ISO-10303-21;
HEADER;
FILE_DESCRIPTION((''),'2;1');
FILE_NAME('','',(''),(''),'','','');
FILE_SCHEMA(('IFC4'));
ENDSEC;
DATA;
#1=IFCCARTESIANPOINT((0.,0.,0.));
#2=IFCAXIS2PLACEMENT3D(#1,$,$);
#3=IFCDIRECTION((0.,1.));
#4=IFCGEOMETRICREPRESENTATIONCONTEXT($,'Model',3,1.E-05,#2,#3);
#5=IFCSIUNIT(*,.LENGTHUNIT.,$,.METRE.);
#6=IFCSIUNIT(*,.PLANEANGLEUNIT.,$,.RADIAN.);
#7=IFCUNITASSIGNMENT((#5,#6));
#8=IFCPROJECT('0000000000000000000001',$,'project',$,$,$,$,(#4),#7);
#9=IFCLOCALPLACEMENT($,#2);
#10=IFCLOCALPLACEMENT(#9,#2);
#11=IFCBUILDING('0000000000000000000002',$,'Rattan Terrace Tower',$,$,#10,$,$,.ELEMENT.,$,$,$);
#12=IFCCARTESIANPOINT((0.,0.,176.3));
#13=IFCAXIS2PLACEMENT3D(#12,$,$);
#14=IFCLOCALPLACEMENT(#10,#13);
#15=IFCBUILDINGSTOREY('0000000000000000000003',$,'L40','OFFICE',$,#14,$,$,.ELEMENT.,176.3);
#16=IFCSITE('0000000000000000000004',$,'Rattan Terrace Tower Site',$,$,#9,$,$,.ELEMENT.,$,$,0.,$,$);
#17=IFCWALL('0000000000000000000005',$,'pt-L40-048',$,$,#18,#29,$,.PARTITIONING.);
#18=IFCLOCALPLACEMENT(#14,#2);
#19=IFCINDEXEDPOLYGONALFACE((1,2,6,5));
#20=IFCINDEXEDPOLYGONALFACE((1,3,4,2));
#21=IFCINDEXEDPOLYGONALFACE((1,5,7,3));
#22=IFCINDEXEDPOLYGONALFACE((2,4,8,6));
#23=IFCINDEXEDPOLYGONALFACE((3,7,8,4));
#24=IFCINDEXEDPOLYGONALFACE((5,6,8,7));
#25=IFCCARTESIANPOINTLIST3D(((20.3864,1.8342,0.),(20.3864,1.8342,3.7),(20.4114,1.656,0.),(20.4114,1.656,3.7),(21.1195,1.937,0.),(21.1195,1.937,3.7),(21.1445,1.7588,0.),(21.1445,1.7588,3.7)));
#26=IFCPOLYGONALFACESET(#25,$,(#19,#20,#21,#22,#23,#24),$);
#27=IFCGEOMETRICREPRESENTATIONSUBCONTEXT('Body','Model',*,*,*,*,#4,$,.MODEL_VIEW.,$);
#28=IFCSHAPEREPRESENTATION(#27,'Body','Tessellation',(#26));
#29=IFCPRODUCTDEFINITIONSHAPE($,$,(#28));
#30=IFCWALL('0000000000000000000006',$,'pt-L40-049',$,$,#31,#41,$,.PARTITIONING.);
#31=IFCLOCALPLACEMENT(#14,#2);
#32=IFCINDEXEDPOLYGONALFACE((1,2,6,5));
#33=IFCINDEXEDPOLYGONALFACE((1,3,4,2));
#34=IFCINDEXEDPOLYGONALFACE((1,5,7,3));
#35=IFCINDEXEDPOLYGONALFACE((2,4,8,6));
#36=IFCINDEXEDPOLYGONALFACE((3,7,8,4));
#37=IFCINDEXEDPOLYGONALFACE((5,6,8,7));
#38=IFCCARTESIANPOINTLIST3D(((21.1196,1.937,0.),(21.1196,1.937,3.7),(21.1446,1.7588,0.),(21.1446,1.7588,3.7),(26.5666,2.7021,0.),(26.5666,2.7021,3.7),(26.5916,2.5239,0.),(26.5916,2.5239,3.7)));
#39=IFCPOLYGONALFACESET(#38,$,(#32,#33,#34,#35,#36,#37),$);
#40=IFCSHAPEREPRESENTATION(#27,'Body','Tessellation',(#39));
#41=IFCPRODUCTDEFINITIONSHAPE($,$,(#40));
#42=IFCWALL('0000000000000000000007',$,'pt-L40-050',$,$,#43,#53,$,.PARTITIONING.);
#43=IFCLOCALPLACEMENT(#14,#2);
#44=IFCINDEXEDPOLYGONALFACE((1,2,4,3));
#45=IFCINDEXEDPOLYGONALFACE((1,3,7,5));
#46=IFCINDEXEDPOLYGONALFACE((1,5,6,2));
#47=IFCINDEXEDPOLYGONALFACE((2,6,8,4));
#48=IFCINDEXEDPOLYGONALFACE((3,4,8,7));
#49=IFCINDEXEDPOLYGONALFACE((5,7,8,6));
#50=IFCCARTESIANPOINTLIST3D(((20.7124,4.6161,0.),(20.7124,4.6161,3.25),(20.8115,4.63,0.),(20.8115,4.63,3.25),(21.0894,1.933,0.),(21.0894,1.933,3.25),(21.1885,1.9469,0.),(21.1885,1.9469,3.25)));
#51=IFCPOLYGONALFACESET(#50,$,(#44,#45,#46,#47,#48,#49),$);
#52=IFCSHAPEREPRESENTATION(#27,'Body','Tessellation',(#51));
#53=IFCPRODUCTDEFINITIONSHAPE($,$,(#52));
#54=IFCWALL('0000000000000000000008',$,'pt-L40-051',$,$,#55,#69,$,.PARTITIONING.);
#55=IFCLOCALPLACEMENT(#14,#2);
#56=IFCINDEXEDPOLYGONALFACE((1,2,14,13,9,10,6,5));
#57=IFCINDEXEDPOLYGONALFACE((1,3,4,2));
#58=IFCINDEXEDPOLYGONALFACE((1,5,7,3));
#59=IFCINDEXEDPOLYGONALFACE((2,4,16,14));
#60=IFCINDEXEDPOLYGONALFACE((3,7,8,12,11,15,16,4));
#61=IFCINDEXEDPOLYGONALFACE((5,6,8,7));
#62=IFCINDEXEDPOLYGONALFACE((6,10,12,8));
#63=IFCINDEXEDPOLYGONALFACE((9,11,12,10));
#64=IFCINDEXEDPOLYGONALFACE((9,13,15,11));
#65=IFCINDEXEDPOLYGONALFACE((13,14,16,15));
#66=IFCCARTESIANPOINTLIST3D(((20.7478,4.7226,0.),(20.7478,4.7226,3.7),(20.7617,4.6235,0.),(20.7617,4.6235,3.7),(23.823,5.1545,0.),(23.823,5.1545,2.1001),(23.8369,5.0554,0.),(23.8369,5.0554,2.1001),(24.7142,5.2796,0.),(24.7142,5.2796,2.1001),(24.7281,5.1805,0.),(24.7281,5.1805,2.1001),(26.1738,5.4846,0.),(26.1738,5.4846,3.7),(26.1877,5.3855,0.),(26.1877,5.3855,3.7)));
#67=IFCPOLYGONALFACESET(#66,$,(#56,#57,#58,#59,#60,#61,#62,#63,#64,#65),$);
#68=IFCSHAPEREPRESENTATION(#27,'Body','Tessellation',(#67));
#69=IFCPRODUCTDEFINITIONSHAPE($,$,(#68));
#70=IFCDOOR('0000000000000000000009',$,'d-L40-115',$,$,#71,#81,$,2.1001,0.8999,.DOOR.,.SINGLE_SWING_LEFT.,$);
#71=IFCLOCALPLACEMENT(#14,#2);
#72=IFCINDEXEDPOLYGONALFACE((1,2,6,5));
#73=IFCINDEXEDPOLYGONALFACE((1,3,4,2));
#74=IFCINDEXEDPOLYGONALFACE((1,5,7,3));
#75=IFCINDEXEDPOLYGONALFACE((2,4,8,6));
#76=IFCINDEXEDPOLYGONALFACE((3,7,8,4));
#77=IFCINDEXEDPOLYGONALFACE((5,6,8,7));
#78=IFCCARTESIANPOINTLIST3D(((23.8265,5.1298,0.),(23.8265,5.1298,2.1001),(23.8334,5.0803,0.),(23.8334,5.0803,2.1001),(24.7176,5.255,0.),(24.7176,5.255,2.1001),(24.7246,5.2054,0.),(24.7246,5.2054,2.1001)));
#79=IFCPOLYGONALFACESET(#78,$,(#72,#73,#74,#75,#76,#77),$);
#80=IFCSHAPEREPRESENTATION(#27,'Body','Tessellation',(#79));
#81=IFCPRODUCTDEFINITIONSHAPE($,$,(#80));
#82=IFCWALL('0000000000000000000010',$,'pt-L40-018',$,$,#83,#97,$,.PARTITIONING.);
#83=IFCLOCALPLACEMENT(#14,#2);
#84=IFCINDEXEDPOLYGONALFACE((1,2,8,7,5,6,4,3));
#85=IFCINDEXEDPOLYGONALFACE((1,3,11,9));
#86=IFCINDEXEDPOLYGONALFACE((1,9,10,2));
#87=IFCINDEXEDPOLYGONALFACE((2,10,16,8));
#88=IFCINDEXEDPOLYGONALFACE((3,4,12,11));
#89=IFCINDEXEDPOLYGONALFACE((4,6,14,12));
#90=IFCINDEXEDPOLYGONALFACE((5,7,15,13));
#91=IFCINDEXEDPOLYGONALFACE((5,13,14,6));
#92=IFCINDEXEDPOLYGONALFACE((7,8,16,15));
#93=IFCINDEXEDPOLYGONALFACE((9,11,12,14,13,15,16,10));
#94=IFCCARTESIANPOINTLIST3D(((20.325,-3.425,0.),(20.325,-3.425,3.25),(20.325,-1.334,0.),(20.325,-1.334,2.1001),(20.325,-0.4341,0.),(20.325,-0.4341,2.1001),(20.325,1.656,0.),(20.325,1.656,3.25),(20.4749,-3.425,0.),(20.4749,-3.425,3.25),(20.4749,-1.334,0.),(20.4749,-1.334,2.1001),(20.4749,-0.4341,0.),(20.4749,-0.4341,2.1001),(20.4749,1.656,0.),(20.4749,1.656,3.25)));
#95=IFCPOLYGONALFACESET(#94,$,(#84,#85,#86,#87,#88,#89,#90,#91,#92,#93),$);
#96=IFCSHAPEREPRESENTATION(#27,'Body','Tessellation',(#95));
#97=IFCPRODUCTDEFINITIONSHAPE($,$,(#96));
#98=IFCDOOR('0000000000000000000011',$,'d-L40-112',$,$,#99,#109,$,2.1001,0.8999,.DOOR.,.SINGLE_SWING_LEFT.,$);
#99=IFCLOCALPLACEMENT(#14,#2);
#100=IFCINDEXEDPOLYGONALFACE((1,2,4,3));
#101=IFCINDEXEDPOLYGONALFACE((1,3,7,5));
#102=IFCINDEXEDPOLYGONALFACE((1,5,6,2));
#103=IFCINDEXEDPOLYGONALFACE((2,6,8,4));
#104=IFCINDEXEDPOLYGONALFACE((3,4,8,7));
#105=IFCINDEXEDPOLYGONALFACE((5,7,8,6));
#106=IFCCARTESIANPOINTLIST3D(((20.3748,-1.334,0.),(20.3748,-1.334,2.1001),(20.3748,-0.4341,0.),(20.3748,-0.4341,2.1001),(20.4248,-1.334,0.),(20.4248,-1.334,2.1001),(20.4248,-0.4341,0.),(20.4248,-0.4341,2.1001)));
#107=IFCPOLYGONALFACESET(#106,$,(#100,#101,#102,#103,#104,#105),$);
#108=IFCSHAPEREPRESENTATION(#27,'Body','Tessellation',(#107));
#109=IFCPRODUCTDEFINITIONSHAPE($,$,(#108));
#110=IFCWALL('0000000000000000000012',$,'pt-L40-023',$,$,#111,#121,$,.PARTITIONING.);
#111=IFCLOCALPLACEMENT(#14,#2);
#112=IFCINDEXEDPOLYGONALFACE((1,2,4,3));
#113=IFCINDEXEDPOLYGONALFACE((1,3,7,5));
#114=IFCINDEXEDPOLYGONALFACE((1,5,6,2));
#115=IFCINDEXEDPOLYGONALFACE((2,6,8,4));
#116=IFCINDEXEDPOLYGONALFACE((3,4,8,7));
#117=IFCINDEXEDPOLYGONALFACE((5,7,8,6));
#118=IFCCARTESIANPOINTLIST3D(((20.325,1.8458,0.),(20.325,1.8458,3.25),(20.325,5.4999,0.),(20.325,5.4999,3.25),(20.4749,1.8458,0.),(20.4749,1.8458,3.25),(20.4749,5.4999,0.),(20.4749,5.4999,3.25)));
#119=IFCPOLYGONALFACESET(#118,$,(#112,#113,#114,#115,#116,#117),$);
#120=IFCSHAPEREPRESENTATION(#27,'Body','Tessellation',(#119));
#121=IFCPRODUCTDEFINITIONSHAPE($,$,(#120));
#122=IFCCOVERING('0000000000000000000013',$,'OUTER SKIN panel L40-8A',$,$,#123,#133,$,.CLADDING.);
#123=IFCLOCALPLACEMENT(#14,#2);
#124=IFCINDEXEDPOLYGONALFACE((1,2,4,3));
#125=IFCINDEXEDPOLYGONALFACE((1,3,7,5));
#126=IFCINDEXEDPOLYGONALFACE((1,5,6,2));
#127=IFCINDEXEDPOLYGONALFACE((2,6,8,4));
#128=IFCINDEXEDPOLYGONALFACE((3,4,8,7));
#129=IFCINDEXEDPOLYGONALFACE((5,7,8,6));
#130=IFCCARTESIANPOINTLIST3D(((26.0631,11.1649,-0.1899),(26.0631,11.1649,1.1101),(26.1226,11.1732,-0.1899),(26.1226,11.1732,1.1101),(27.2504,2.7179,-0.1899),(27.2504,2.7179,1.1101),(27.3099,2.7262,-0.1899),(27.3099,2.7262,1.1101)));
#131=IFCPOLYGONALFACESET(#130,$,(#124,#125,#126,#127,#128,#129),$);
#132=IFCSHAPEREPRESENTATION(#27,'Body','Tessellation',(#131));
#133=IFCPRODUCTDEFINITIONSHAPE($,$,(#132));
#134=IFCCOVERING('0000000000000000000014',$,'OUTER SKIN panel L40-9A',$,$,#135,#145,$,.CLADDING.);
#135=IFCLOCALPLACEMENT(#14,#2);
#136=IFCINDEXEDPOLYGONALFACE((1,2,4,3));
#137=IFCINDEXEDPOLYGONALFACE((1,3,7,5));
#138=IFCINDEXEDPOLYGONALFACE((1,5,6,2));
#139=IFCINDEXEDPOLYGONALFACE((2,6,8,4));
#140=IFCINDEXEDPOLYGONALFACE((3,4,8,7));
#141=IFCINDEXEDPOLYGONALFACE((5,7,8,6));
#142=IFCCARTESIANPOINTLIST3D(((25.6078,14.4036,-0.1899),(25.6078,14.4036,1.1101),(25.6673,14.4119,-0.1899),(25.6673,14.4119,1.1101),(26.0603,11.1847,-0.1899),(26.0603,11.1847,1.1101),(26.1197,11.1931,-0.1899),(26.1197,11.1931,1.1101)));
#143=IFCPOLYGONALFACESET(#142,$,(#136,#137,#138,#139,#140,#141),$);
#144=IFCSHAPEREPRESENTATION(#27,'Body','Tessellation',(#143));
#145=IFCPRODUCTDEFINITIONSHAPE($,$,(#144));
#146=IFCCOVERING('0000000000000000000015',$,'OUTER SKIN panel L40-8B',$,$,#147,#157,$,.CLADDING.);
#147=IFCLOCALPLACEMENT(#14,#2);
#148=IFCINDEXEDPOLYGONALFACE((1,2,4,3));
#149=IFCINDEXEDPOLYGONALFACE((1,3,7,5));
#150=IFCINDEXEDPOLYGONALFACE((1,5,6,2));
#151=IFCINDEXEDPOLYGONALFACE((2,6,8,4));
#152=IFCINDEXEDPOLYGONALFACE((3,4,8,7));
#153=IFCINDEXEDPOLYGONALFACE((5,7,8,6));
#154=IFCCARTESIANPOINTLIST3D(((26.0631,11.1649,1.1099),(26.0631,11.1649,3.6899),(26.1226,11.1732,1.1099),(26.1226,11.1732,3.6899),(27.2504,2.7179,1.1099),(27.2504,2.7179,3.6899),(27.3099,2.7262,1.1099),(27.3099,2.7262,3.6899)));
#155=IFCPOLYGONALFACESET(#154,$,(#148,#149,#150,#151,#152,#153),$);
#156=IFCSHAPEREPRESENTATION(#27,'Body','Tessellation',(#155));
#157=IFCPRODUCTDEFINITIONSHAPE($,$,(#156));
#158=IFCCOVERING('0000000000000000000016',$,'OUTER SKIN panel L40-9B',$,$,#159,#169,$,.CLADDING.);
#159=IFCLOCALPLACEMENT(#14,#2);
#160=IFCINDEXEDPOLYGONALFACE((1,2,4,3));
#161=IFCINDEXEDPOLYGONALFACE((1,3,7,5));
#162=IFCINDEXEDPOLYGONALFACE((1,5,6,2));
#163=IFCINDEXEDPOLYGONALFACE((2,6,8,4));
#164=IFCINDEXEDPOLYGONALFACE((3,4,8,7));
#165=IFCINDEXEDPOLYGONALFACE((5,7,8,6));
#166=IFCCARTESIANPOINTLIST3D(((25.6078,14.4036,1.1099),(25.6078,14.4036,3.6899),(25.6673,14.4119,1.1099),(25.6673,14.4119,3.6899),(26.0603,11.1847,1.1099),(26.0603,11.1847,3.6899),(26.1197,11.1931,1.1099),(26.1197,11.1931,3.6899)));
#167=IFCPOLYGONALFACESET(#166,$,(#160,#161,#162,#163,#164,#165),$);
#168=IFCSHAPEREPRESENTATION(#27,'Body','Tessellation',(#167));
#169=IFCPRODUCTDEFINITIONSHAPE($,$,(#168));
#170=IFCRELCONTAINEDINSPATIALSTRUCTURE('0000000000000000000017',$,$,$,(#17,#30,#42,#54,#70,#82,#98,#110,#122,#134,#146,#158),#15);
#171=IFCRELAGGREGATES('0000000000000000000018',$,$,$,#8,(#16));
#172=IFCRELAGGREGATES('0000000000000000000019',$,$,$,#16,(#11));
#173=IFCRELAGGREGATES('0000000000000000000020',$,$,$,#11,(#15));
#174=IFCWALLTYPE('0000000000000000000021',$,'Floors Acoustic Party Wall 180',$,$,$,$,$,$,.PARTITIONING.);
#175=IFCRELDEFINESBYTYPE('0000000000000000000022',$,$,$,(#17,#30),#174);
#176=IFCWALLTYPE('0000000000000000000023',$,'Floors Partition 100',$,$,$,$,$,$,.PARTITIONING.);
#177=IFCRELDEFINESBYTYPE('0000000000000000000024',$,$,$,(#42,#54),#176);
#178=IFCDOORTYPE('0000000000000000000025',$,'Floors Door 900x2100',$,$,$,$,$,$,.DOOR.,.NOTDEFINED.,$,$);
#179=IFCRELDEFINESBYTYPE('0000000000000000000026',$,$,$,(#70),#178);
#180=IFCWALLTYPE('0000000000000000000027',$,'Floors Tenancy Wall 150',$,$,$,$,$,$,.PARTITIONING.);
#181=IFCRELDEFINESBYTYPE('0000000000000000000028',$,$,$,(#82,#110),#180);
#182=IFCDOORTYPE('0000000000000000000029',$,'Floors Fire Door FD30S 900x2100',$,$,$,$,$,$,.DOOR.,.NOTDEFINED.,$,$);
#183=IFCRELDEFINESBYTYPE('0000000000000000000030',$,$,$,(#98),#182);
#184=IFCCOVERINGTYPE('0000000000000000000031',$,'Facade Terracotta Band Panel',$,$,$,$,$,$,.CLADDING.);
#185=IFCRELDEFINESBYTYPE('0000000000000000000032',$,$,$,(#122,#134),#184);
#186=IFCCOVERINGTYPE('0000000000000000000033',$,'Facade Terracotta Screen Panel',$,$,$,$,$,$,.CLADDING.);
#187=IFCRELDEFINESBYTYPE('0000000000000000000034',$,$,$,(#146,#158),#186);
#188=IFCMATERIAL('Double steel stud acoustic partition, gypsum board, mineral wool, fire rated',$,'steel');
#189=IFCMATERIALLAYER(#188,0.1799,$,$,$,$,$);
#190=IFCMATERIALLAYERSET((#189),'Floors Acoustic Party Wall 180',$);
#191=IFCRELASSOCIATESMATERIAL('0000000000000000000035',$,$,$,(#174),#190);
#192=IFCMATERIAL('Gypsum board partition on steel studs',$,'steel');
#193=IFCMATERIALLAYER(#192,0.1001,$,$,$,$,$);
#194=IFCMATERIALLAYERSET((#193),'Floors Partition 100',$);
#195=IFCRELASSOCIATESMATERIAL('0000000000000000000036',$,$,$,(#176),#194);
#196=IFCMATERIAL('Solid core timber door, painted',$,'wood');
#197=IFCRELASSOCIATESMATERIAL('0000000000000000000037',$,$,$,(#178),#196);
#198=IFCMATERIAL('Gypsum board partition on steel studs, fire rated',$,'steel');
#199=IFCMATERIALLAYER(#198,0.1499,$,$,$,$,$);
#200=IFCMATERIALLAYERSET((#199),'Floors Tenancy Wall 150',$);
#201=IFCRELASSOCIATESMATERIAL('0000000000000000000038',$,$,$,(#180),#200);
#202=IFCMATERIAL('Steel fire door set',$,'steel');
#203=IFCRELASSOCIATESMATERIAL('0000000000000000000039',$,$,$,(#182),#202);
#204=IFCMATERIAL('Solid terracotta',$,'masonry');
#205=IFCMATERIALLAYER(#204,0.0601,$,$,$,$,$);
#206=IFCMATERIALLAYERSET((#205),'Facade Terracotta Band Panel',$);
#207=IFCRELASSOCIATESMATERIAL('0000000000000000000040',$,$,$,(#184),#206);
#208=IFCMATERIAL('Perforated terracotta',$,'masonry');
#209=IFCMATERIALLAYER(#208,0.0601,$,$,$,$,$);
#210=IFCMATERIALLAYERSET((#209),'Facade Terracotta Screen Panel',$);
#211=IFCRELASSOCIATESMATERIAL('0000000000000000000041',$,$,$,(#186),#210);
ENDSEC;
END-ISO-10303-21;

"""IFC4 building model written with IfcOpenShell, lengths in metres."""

from ifc_helpers import new_model, si_unit, direction, frame, frame_2d, origin, origin_2d, place, context, subcontext, project, spatial, rectangle, extrude, material, layer, layer_set, type_object, element, fill, save


model = new_model("IFC4")

# Units and contexts
model_context = context("Model", 3, precision=1e-05, world=origin(), true_north=direction((0.0, 1.0)))
body_context = subcontext(model_context, "Body", "Model", "MODEL_VIEW")
ifc_project = project(units=[si_unit("LENGTHUNIT", "METRE"), si_unit("PLANEANGLEUNIT", "RADIAN")], contexts=[model_context])

# Site, building, storey
site_placement = place(None, origin())
site = spatial("IfcSite", under=ifc_project, at=site_placement, Name="Rattan Terrace Tower Site", CompositionType="ELEMENT", RefElevation=0.0)
building_placement = place(site_placement, origin())
building = spatial("IfcBuilding", under=site, at=building_placement, Name="Rattan Terrace Tower", CompositionType="ELEMENT")
storey_placement = place(building_placement, frame((0.0, 0.0, 176.3)))
storey = spatial("IfcBuildingStorey", under=building, at=storey_placement, Name="L40", Description="OFFICE", CompositionType="ELEMENT", Elevation=176.3)

# Walls
ifc_material_1 = material(Name="Double steel stud acoustic partition, gypsum board, mineral wool, fire rated", Category="steel")
ifc_layer_1 = layer(ifc_material_1, 0.1799)
ifc_layer_set_1 = layer_set([ifc_layer_1], Name="Floors Acoustic Party Wall 180")
wall_type_1 = type_object("IfcWallType", Name="Floors Acoustic Party Wall 180", PredefinedType="PARTITIONING", material=ifc_layer_set_1)
wall_1_placement = place(storey_placement, frame((20.3989, 1.7451, 0.0), z_axis=(0.0, 0.0, 1.0), x_axis=(0.990315, 0.138835, 0.0)))
element("IfcWall", 1, at=wall_1_placement, inside=storey, type_object=wall_type_1, Name="pt-L40-048", PredefinedType="PARTITIONING", context=body_context, shape_type="SweptSolid", body=[
    extrude(rectangle(XDim=0.7402, YDim=0.1799, at=frame_2d((0.3701, 0.0))), origin(), (0.0, 0.0, 1.0), 3.7),
])
wall_2_placement = place(storey_placement, frame((21.1321, 1.8479, 0.0), z_axis=(0.0, 0.0, 1.0), x_axis=(0.990278, 0.139103, 0.0)))
element("IfcWall", 2, at=wall_2_placement, inside=storey, type_object=wall_type_1, Name="pt-L40-049", PredefinedType="PARTITIONING", context=body_context, shape_type="SweptSolid", body=[
    extrude(rectangle(XDim=5.5005, YDim=0.1799, at=frame_2d((2.7502, 0.0))), origin(), (0.0, 0.0, 1.0), 3.7),
])
ifc_material_2 = material(Name="Gypsum board partition on steel studs", Category="steel")
ifc_layer_2 = layer(ifc_material_2, 0.1001)
ifc_layer_set_2 = layer_set([ifc_layer_2], Name="Floors Partition 100")
wall_type_2 = type_object("IfcWallType", Name="Floors Partition 100", PredefinedType="PARTITIONING", material=ifc_layer_set_2)
wall_3_placement = place(storey_placement, frame((20.762, 4.623, 0.0), z_axis=(0.0, 0.0, 1.0), x_axis=(0.139125, -0.990275, 0.0)))
element("IfcWall", 3, at=wall_3_placement, inside=storey, type_object=wall_type_2, Name="pt-L40-050", PredefinedType="PARTITIONING", context=body_context, shape_type="SweptSolid", body=[
    extrude(rectangle(XDim=2.7095, YDim=0.1001, at=frame_2d((1.3547, 0.0))), origin(), (0.0, 0.0, 1.0), 3.25),
])

# Walls, openings, doors
wall_4_placement = place(storey_placement, frame((26.1809, 5.4351, 0.0), z_axis=(0.0, 0.0, 1.0), x_axis=(-0.990284, -0.139063, 0.0)))
wall_4 = element("IfcWall", 4, at=wall_4_placement, inside=storey, type_object=wall_type_2, Name="pt-L40-051", PredefinedType="PARTITIONING", context=body_context, shape_type="SweptSolid", body=[
    extrude(rectangle(XDim=5.4792, YDim=0.1001, at=frame_2d((2.7397, 0.0))), origin(), (0.0, 0.0, 1.0), 3.7),
])
opening_1_placement = place(wall_4_placement, frame((1.4741, 0.0, 0.0)))
opening_1 = element("IfcOpeningElement", 5, at=opening_1_placement, cuts=wall_4, PredefinedType="OPENING", context=body_context, shape_type="SweptSolid", body=[
    extrude(rectangle(XDim=0.8999, YDim=2.1001, at=frame_2d((0.45, 1.05))), frame((0.0, 0.0605, 0.0), z_axis=(0.0, -1.0, 0.0), x_axis=(1.0, 0.0, 0.0)), (0.0, 0.0, 1.0), 0.1211),
])
ifc_material_3 = material(Name="Solid core timber door, painted", Category="wood")
door_type_1 = type_object("IfcDoorType", Name="Floors Door 900x2100", OperationType="NOTDEFINED", PredefinedType="DOOR", material=ifc_material_3)
door_1_placement = place(opening_1_placement, origin())
door_1 = element("IfcDoor", 6, at=door_1_placement, inside=storey, type_object=door_type_1, Name="d-L40-115", OperationType="SINGLE_SWING_LEFT", OverallHeight=2.1001, OverallWidth=0.8999, PredefinedType="DOOR", context=body_context, shape_type="SweptSolid", body=[
    extrude(rectangle(XDim=0.8999, YDim=2.1001, at=frame_2d((0.45, 1.05))), frame((0.0, 0.0249, 0.0), z_axis=(0.0, -1.0, 0.0), x_axis=(1.0, 0.0, 0.0)), (0.0, 0.0, 1.0), 0.05),
])
fill(opening_1, door_1)
ifc_material_4 = material(Name="Gypsum board partition on steel studs, fire rated", Category="steel")
ifc_layer_3 = layer(ifc_material_4, 0.1499)
ifc_layer_set_3 = layer_set([ifc_layer_3], Name="Floors Tenancy Wall 150")
wall_type_3 = type_object("IfcWallType", Name="Floors Tenancy Wall 150", PredefinedType="PARTITIONING", material=ifc_layer_set_3)
wall_5_placement = place(storey_placement, frame((20.3999, 1.656, 0.0), z_axis=(0.0, 0.0, 1.0), x_axis=(0.0, -1.0, 0.0)))
wall_5 = element("IfcWall", 7, at=wall_5_placement, inside=storey, type_object=wall_type_3, Name="pt-L40-018", PredefinedType="PARTITIONING", context=body_context, shape_type="SweptSolid", body=[
    extrude(rectangle(XDim=5.0811, YDim=0.1499, at=frame_2d((2.5405, 0.0))), origin(), (0.0, 0.0, 1.0), 3.25),
])
opening_2_placement = place(wall_5_placement, frame((2.0901, 0.0, 0.0)))
opening_2 = element("IfcOpeningElement", 8, at=opening_2_placement, cuts=wall_5, PredefinedType="OPENING", context=body_context, shape_type="SweptSolid", body=[
    extrude(rectangle(XDim=0.8999, YDim=2.1001, at=frame_2d((0.45, 1.05))), frame((0.0, 0.0854, 0.0), z_axis=(0.0, -1.0, 0.0), x_axis=(1.0, 0.0, 0.0)), (0.0, 0.0, 1.0), 0.1709),
])
ifc_material_5 = material(Name="Steel fire door set", Category="steel")
door_type_2 = type_object("IfcDoorType", Name="Floors Fire Door FD30S 900x2100", OperationType="NOTDEFINED", PredefinedType="DOOR", material=ifc_material_5)
door_2_placement = place(opening_2_placement, origin())
door_2 = element("IfcDoor", 9, at=door_2_placement, inside=storey, type_object=door_type_2, Name="d-L40-112", OperationType="SINGLE_SWING_LEFT", OverallHeight=2.1001, OverallWidth=0.8999, PredefinedType="DOOR", context=body_context, shape_type="SweptSolid", body=[
    extrude(rectangle(XDim=0.8999, YDim=2.1001, at=frame_2d((0.45, 1.05))), frame((0.0, 0.0249, 0.0), z_axis=(0.0, -1.0, 0.0), x_axis=(1.0, 0.0, 0.0)), (0.0, 0.0, 1.0), 0.05),
])
fill(opening_2, door_2)

# Wall
wall_6_placement = place(storey_placement, frame((20.3999, 5.5, 0.0), z_axis=(0.0, 0.0, 1.0), x_axis=(0.0, -1.0, 0.0)))
element("IfcWall", 10, at=wall_6_placement, inside=storey, type_object=wall_type_3, Name="pt-L40-023", PredefinedType="PARTITIONING", context=body_context, shape_type="SweptSolid", body=[
    extrude(rectangle(XDim=3.6541, YDim=0.1499, at=frame_2d((1.8271, 0.0))), origin(), (0.0, 0.0, 1.0), 3.25),
])

# Coverings
ifc_material_6 = material(Name="Solid terracotta", Category="masonry")
ifc_layer_4 = layer(ifc_material_6, 0.0601)
ifc_layer_set_4 = layer_set([ifc_layer_4], Name="Facade Terracotta Band Panel")
covering_type_1 = type_object("IfcCoveringType", Name="Facade Terracotta Band Panel", PredefinedType="CLADDING", material=ifc_layer_set_4)
covering_1_placement = place(storey_placement, frame((26.6865, 6.9456, -0.1899), z_axis=(0.0, 0.0, 1.0), x_axis=(-0.139191, 0.990266, 0.0)))
element("IfcCovering", 11, at=covering_1_placement, inside=storey, type_object=covering_type_1, Name="OUTER SKIN panel L40-8A", PredefinedType="CLADDING", context=body_context, shape_type="SweptSolid", body=[
    extrude(rectangle(XDim=8.53, YDim=0.0601, at=origin_2d()), origin(), (0.0, 0.0, 1.0), 1.3),
])
covering_2_placement = place(storey_placement, frame((25.8638, 12.7983, -0.1899), z_axis=(0.0, 0.0, 1.0), x_axis=(-0.139191, 0.990266, 0.0)))
element("IfcCovering", 12, at=covering_2_placement, inside=storey, type_object=covering_type_1, Name="OUTER SKIN panel L40-9A", PredefinedType="CLADDING", context=body_context, shape_type="SweptSolid", body=[
    extrude(rectangle(XDim=3.2505, YDim=0.0601, at=origin_2d()), origin(), (0.0, 0.0, 1.0), 1.3),
])
ifc_material_7 = material(Name="Perforated terracotta", Category="masonry")
ifc_layer_5 = layer(ifc_material_7, 0.0601)
ifc_layer_set_5 = layer_set([ifc_layer_5], Name="Facade Terracotta Screen Panel")
covering_type_2 = type_object("IfcCoveringType", Name="Facade Terracotta Screen Panel", PredefinedType="CLADDING", material=ifc_layer_set_5)
covering_3_placement = place(storey_placement, frame((26.6865, 6.9456, 1.1099), z_axis=(0.0, 0.0, 1.0), x_axis=(-0.139191, 0.990266, 0.0)))
element("IfcCovering", 13, at=covering_3_placement, inside=storey, type_object=covering_type_2, Name="OUTER SKIN panel L40-8B", PredefinedType="CLADDING", context=body_context, shape_type="SweptSolid", body=[
    extrude(rectangle(XDim=8.53, YDim=0.0601, at=origin_2d()), origin(), (0.0, 0.0, 1.0), 2.5801),
])
covering_4_placement = place(storey_placement, frame((25.8638, 12.7983, 1.1099), z_axis=(0.0, 0.0, 1.0), x_axis=(-0.139191, 0.990266, 0.0)))
element("IfcCovering", 14, at=covering_4_placement, inside=storey, type_object=covering_type_2, Name="OUTER SKIN panel L40-9B", PredefinedType="CLADDING", context=body_context, shape_type="SweptSolid", body=[
    extrude(rectangle(XDim=3.2505, YDim=0.0601, at=origin_2d()), origin(), (0.0, 0.0, 1.0), 2.5801),
])

save(model, "model.ifc")
